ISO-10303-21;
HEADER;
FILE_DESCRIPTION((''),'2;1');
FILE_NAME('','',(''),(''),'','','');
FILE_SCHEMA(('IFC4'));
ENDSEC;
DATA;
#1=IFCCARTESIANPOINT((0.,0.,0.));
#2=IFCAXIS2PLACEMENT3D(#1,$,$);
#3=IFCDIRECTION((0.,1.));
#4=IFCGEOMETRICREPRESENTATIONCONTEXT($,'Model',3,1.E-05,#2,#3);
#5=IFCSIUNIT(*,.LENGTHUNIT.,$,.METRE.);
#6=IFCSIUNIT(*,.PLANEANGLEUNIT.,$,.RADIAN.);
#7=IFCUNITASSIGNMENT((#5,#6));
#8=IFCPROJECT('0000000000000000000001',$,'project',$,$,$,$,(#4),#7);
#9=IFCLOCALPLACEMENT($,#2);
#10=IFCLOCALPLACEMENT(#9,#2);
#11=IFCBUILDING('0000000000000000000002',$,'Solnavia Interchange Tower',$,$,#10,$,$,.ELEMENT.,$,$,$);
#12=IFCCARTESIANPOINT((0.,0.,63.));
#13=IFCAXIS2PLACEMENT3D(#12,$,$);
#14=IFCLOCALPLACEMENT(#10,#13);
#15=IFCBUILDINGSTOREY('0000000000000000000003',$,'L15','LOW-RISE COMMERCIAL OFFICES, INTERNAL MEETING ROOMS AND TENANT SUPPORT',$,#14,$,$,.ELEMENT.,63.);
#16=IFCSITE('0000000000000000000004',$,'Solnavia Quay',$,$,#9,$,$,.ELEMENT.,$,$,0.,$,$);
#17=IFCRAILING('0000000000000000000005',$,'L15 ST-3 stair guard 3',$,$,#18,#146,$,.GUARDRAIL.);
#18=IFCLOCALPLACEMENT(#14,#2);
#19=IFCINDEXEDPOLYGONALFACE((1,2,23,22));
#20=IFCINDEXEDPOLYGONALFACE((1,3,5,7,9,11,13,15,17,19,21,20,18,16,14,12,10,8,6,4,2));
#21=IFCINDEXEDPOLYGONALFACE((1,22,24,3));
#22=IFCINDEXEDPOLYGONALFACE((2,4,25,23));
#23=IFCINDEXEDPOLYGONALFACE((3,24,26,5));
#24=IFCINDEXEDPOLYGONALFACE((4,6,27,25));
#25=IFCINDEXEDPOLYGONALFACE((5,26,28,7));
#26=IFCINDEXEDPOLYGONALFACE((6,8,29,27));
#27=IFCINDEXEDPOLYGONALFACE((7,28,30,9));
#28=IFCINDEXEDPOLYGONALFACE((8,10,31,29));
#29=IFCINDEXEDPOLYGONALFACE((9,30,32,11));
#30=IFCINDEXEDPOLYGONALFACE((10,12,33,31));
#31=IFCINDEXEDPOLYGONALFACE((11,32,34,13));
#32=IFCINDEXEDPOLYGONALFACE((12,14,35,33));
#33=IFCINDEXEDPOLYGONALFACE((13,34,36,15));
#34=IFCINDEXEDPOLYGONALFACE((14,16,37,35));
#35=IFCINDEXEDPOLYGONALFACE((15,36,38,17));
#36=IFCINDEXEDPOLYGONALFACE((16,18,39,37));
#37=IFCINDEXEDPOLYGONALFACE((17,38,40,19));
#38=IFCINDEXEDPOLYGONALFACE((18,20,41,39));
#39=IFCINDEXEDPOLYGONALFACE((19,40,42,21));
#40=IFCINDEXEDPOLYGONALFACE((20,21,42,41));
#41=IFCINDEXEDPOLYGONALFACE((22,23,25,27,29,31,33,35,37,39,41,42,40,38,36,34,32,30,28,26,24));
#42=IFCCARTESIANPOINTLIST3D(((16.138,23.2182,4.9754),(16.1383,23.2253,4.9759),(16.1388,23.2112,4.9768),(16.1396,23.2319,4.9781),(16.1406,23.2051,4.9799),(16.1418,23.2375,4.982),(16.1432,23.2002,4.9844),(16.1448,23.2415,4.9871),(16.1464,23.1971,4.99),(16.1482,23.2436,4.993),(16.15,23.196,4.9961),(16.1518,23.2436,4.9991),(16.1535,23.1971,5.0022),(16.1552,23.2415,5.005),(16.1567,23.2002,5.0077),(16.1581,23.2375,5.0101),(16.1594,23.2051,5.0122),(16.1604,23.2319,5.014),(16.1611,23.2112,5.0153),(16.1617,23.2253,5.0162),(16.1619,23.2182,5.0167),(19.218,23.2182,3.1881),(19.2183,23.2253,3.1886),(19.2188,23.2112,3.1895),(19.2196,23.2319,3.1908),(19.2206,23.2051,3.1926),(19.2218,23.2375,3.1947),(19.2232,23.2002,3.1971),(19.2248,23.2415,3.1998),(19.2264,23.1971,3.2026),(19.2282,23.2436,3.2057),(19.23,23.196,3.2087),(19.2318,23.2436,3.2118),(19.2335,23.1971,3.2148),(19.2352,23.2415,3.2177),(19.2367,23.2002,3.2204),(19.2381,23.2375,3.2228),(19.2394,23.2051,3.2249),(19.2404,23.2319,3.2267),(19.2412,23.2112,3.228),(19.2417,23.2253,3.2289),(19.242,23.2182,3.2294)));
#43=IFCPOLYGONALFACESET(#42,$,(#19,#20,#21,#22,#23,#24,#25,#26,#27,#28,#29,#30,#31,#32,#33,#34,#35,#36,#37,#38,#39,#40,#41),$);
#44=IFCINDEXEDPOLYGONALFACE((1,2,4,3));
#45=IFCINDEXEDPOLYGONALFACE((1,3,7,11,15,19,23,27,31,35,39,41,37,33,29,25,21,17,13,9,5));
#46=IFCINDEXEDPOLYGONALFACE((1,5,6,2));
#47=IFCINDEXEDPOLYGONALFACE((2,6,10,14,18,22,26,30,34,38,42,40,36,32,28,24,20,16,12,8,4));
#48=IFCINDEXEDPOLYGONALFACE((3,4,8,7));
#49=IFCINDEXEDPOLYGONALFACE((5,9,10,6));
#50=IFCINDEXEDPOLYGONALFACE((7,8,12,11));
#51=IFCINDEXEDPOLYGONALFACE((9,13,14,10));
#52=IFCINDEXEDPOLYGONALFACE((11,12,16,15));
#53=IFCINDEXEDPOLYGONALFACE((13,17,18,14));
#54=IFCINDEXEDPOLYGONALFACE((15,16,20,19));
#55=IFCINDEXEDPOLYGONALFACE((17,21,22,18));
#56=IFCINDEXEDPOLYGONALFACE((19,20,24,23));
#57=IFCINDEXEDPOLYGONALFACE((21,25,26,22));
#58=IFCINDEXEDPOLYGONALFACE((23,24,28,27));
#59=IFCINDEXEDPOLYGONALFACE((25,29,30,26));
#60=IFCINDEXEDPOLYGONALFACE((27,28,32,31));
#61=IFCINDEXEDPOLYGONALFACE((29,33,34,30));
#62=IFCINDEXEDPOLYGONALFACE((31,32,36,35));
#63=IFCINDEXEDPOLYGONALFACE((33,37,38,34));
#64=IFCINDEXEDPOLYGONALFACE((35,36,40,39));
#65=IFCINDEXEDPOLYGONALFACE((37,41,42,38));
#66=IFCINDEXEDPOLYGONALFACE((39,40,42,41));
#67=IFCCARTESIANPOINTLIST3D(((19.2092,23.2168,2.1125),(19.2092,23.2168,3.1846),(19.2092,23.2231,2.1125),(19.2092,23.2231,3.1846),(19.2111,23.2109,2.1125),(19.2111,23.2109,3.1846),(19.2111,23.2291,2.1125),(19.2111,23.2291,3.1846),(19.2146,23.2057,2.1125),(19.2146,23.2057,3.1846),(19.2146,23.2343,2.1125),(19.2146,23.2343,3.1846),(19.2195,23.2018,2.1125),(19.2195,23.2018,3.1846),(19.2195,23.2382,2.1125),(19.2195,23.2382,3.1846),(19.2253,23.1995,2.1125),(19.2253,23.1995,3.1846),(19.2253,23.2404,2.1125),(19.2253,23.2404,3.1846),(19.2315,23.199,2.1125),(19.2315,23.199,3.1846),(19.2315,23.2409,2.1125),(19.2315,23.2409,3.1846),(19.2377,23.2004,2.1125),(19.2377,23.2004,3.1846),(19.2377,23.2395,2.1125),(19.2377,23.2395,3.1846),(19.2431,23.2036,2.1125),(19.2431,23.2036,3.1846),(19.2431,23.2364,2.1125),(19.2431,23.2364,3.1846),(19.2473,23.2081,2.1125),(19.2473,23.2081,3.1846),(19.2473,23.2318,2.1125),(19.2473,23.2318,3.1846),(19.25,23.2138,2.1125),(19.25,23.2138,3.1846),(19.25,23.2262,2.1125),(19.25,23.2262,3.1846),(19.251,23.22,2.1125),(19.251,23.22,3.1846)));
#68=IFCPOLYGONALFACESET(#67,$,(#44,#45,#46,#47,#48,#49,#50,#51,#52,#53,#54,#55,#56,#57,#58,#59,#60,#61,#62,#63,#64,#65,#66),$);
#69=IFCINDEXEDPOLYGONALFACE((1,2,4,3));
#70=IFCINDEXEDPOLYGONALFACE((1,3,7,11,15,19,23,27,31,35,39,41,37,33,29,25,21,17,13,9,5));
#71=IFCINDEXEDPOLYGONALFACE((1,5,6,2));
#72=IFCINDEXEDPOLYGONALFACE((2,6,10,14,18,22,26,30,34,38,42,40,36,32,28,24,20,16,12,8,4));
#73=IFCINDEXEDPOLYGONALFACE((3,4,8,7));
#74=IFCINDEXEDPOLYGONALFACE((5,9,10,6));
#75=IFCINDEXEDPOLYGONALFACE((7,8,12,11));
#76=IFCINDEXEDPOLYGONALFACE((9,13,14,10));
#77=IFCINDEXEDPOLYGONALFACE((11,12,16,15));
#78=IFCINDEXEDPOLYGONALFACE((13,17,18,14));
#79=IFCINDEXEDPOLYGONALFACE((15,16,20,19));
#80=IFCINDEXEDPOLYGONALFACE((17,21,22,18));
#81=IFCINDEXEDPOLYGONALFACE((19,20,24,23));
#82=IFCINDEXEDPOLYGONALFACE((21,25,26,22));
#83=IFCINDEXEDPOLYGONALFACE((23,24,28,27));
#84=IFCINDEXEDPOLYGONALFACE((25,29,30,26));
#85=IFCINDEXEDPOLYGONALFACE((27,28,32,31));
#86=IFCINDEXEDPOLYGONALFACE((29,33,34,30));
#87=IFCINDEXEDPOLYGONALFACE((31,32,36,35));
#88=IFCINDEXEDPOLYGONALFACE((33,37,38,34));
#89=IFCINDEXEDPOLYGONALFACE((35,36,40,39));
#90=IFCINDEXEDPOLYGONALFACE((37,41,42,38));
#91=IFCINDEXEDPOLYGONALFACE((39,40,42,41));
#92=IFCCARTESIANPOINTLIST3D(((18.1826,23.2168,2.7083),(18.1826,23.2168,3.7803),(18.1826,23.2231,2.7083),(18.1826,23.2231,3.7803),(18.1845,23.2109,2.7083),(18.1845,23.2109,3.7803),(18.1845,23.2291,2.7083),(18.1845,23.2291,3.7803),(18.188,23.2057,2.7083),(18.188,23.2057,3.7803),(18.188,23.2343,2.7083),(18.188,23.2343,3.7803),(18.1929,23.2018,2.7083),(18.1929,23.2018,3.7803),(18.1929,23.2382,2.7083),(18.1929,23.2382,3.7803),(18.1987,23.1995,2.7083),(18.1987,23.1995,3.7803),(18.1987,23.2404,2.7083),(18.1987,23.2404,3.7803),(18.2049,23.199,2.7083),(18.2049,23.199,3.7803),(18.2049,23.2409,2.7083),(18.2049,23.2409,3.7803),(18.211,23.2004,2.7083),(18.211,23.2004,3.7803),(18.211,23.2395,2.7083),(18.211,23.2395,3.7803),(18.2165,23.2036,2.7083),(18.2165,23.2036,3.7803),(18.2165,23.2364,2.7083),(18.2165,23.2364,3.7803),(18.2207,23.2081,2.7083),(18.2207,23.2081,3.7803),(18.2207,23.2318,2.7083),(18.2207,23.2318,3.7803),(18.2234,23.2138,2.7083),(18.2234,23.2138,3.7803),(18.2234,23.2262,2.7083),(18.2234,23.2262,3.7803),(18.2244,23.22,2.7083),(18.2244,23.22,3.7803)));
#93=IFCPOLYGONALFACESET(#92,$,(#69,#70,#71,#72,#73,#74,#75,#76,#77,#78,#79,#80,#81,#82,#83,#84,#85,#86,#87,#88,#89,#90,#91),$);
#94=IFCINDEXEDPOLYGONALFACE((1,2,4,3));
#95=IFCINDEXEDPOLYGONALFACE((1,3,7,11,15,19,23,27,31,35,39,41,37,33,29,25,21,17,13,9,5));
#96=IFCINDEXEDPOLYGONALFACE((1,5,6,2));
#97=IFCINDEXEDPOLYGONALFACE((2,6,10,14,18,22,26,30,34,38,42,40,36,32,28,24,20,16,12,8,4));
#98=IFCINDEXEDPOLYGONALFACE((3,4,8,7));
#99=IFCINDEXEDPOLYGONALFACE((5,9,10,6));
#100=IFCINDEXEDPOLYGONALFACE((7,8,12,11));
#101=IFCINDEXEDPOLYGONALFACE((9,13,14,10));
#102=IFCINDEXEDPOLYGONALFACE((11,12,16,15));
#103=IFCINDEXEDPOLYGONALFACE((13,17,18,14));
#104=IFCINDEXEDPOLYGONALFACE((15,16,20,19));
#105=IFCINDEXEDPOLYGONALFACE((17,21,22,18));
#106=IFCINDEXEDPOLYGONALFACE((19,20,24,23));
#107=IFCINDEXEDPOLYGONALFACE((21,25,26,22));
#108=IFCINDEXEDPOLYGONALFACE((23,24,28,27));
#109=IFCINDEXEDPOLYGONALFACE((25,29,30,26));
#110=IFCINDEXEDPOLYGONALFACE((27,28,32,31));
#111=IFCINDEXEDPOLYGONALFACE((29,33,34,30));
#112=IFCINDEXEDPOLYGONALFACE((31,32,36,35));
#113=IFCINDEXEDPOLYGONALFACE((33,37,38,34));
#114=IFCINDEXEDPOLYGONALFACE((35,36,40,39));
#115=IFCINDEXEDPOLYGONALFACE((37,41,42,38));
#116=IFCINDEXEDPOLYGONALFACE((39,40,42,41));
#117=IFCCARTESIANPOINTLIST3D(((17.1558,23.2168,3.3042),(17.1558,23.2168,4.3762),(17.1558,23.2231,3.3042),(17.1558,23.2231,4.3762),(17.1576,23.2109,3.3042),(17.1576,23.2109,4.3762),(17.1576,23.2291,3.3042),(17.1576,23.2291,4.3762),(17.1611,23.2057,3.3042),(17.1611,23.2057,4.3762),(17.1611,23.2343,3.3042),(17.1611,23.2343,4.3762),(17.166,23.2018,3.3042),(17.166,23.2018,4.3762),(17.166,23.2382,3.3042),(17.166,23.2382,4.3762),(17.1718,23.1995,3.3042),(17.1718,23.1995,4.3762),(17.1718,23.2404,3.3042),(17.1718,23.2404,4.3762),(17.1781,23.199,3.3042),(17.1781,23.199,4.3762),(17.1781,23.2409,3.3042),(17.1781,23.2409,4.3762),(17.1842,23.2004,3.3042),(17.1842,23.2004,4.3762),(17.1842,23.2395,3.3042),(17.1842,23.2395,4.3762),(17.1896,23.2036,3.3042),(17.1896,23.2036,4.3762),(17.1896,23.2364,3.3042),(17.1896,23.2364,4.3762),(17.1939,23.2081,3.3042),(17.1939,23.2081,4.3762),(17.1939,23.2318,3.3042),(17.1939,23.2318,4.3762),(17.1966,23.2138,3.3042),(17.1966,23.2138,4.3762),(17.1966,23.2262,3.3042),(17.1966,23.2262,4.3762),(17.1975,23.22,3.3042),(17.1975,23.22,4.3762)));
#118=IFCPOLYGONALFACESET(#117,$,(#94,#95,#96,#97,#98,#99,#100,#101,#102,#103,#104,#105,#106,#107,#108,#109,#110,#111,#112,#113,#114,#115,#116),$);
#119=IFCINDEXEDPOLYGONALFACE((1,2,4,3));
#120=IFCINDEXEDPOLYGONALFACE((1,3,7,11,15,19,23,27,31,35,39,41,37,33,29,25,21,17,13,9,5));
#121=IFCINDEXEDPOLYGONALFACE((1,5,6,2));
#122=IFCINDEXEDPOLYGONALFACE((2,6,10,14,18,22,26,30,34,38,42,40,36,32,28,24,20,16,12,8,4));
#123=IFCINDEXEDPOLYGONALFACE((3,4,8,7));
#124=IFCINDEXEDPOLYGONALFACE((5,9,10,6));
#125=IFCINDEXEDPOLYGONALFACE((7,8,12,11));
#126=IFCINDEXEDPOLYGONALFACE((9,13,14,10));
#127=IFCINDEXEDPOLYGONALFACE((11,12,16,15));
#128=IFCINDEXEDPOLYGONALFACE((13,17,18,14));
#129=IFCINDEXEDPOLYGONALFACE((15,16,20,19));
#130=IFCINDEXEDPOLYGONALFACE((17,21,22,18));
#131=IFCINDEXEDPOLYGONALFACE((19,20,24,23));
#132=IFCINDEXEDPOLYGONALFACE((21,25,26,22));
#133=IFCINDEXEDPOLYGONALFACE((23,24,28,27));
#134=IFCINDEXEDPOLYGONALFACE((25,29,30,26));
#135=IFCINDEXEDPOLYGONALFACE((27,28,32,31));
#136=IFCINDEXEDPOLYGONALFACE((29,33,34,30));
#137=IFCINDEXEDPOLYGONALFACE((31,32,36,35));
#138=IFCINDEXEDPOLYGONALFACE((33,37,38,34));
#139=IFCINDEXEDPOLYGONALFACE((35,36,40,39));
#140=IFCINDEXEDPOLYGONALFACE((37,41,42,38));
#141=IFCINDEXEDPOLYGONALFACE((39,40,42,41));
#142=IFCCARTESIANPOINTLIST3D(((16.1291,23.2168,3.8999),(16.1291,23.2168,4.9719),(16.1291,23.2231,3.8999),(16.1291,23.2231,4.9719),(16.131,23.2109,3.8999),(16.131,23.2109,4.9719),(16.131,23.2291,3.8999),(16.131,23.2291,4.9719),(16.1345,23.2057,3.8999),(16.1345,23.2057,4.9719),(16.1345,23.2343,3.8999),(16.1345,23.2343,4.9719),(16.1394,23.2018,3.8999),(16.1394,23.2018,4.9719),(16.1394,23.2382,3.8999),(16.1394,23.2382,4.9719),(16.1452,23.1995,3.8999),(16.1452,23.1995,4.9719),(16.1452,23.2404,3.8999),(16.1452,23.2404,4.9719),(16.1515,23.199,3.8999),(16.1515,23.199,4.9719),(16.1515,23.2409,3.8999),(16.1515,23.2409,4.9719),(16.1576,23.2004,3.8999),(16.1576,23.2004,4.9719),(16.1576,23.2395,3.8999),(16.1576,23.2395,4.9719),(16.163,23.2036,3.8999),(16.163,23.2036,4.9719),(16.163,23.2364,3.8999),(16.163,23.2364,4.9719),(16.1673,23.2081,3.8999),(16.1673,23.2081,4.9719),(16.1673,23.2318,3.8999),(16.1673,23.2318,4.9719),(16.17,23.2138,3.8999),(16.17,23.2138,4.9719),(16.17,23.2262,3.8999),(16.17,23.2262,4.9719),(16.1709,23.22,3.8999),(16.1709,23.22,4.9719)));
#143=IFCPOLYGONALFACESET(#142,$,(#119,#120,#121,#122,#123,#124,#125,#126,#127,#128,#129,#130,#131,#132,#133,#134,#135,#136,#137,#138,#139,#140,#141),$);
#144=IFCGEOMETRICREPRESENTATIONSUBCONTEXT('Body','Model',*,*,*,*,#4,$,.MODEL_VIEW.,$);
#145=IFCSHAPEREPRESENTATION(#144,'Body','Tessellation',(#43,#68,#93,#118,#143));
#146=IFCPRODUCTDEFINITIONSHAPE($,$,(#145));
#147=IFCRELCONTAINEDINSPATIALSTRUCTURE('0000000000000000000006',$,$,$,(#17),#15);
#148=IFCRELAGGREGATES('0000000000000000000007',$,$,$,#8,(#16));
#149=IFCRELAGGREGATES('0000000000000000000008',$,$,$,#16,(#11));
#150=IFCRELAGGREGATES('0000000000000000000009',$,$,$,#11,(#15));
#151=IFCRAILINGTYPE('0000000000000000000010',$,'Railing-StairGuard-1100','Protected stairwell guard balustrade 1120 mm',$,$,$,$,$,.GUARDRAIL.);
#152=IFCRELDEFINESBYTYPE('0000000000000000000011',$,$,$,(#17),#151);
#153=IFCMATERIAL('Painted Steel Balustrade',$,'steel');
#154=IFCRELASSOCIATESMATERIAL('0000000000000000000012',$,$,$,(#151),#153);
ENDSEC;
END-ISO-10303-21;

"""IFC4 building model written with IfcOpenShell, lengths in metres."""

from ifc_helpers import new_model, si_unit, direction, frame, origin, origin_2d, place, context, subcontext, project, spatial, circle, extrude, material, type_object, element, save


model = new_model("IFC4")

# Units and contexts
model_context = context("Model", 3, precision=1e-05, world=origin(), true_north=direction((0.0, 1.0)))
body_context = subcontext(model_context, "Body", "Model", "MODEL_VIEW")
ifc_project = project(units=[si_unit("LENGTHUNIT", "METRE"), si_unit("PLANEANGLEUNIT", "RADIAN")], contexts=[model_context])

# Site, building, storey
site_placement = place(None, origin())
site = spatial("IfcSite", under=ifc_project, at=site_placement, Name="Solnavia Quay", CompositionType="ELEMENT", RefElevation=0.0)
building_placement = place(site_placement, origin())
building = spatial("IfcBuilding", under=site, at=building_placement, Name="Solnavia Interchange Tower", CompositionType="ELEMENT")
storey_placement = place(building_placement, frame((0.0, 0.0, 63.0)))
storey = spatial("IfcBuildingStorey", under=building, at=storey_placement, Name="L15", Description="LOW-RISE COMMERCIAL OFFICES, INTERNAL MEETING ROOMS AND TENANT SUPPORT", CompositionType="ELEMENT", Elevation=63.0)

# Railing
ifc_material_1 = material(Name="Painted Steel Balustrade", Category="steel")
railing_type_1 = type_object("IfcRailingType", Name="Railing-StairGuard-1100", Description="Protected stairwell guard balustrade 1120 mm", PredefinedType="GUARDRAIL", material=ifc_material_1)
railing_1_placement = place(storey_placement, frame((19.23, 23.22, 2.1125)))
element("IfcRailing", 1, at=railing_1_placement, inside=storey, type_object=railing_type_1, Name="L15 ST-3 stair guard 3", PredefinedType="GUARDRAIL", context=body_context, shape_type="SweptSolid", body=[
    extrude(circle(Radius=0.0239, at=origin_2d()), frame((0.0, 0.0, 1.0962), z_axis=(-0.86492, 0.0, 0.501909), x_axis=(0.0, -1.0, 0.0)), (0.0, 0.0, 1.0), 3.561),
    extrude(circle(Radius=0.021, at=origin_2d()), origin(), (0.0, 0.0, 1.0), 1.072),
    extrude(circle(Radius=0.021, at=origin_2d()), frame((-1.0266, 0.0, 0.5957)), (0.0, 0.0, 1.0), 1.072),
    extrude(circle(Radius=0.021, at=origin_2d()), frame((-2.0535, 0.0, 1.1917)), (0.0, 0.0, 1.0), 1.072),
    extrude(circle(Radius=0.021, at=origin_2d()), frame((-3.0801, 0.0, 1.7874)), (0.0, 0.0, 1.0), 1.072),
])

save(model, "model.ifc")
